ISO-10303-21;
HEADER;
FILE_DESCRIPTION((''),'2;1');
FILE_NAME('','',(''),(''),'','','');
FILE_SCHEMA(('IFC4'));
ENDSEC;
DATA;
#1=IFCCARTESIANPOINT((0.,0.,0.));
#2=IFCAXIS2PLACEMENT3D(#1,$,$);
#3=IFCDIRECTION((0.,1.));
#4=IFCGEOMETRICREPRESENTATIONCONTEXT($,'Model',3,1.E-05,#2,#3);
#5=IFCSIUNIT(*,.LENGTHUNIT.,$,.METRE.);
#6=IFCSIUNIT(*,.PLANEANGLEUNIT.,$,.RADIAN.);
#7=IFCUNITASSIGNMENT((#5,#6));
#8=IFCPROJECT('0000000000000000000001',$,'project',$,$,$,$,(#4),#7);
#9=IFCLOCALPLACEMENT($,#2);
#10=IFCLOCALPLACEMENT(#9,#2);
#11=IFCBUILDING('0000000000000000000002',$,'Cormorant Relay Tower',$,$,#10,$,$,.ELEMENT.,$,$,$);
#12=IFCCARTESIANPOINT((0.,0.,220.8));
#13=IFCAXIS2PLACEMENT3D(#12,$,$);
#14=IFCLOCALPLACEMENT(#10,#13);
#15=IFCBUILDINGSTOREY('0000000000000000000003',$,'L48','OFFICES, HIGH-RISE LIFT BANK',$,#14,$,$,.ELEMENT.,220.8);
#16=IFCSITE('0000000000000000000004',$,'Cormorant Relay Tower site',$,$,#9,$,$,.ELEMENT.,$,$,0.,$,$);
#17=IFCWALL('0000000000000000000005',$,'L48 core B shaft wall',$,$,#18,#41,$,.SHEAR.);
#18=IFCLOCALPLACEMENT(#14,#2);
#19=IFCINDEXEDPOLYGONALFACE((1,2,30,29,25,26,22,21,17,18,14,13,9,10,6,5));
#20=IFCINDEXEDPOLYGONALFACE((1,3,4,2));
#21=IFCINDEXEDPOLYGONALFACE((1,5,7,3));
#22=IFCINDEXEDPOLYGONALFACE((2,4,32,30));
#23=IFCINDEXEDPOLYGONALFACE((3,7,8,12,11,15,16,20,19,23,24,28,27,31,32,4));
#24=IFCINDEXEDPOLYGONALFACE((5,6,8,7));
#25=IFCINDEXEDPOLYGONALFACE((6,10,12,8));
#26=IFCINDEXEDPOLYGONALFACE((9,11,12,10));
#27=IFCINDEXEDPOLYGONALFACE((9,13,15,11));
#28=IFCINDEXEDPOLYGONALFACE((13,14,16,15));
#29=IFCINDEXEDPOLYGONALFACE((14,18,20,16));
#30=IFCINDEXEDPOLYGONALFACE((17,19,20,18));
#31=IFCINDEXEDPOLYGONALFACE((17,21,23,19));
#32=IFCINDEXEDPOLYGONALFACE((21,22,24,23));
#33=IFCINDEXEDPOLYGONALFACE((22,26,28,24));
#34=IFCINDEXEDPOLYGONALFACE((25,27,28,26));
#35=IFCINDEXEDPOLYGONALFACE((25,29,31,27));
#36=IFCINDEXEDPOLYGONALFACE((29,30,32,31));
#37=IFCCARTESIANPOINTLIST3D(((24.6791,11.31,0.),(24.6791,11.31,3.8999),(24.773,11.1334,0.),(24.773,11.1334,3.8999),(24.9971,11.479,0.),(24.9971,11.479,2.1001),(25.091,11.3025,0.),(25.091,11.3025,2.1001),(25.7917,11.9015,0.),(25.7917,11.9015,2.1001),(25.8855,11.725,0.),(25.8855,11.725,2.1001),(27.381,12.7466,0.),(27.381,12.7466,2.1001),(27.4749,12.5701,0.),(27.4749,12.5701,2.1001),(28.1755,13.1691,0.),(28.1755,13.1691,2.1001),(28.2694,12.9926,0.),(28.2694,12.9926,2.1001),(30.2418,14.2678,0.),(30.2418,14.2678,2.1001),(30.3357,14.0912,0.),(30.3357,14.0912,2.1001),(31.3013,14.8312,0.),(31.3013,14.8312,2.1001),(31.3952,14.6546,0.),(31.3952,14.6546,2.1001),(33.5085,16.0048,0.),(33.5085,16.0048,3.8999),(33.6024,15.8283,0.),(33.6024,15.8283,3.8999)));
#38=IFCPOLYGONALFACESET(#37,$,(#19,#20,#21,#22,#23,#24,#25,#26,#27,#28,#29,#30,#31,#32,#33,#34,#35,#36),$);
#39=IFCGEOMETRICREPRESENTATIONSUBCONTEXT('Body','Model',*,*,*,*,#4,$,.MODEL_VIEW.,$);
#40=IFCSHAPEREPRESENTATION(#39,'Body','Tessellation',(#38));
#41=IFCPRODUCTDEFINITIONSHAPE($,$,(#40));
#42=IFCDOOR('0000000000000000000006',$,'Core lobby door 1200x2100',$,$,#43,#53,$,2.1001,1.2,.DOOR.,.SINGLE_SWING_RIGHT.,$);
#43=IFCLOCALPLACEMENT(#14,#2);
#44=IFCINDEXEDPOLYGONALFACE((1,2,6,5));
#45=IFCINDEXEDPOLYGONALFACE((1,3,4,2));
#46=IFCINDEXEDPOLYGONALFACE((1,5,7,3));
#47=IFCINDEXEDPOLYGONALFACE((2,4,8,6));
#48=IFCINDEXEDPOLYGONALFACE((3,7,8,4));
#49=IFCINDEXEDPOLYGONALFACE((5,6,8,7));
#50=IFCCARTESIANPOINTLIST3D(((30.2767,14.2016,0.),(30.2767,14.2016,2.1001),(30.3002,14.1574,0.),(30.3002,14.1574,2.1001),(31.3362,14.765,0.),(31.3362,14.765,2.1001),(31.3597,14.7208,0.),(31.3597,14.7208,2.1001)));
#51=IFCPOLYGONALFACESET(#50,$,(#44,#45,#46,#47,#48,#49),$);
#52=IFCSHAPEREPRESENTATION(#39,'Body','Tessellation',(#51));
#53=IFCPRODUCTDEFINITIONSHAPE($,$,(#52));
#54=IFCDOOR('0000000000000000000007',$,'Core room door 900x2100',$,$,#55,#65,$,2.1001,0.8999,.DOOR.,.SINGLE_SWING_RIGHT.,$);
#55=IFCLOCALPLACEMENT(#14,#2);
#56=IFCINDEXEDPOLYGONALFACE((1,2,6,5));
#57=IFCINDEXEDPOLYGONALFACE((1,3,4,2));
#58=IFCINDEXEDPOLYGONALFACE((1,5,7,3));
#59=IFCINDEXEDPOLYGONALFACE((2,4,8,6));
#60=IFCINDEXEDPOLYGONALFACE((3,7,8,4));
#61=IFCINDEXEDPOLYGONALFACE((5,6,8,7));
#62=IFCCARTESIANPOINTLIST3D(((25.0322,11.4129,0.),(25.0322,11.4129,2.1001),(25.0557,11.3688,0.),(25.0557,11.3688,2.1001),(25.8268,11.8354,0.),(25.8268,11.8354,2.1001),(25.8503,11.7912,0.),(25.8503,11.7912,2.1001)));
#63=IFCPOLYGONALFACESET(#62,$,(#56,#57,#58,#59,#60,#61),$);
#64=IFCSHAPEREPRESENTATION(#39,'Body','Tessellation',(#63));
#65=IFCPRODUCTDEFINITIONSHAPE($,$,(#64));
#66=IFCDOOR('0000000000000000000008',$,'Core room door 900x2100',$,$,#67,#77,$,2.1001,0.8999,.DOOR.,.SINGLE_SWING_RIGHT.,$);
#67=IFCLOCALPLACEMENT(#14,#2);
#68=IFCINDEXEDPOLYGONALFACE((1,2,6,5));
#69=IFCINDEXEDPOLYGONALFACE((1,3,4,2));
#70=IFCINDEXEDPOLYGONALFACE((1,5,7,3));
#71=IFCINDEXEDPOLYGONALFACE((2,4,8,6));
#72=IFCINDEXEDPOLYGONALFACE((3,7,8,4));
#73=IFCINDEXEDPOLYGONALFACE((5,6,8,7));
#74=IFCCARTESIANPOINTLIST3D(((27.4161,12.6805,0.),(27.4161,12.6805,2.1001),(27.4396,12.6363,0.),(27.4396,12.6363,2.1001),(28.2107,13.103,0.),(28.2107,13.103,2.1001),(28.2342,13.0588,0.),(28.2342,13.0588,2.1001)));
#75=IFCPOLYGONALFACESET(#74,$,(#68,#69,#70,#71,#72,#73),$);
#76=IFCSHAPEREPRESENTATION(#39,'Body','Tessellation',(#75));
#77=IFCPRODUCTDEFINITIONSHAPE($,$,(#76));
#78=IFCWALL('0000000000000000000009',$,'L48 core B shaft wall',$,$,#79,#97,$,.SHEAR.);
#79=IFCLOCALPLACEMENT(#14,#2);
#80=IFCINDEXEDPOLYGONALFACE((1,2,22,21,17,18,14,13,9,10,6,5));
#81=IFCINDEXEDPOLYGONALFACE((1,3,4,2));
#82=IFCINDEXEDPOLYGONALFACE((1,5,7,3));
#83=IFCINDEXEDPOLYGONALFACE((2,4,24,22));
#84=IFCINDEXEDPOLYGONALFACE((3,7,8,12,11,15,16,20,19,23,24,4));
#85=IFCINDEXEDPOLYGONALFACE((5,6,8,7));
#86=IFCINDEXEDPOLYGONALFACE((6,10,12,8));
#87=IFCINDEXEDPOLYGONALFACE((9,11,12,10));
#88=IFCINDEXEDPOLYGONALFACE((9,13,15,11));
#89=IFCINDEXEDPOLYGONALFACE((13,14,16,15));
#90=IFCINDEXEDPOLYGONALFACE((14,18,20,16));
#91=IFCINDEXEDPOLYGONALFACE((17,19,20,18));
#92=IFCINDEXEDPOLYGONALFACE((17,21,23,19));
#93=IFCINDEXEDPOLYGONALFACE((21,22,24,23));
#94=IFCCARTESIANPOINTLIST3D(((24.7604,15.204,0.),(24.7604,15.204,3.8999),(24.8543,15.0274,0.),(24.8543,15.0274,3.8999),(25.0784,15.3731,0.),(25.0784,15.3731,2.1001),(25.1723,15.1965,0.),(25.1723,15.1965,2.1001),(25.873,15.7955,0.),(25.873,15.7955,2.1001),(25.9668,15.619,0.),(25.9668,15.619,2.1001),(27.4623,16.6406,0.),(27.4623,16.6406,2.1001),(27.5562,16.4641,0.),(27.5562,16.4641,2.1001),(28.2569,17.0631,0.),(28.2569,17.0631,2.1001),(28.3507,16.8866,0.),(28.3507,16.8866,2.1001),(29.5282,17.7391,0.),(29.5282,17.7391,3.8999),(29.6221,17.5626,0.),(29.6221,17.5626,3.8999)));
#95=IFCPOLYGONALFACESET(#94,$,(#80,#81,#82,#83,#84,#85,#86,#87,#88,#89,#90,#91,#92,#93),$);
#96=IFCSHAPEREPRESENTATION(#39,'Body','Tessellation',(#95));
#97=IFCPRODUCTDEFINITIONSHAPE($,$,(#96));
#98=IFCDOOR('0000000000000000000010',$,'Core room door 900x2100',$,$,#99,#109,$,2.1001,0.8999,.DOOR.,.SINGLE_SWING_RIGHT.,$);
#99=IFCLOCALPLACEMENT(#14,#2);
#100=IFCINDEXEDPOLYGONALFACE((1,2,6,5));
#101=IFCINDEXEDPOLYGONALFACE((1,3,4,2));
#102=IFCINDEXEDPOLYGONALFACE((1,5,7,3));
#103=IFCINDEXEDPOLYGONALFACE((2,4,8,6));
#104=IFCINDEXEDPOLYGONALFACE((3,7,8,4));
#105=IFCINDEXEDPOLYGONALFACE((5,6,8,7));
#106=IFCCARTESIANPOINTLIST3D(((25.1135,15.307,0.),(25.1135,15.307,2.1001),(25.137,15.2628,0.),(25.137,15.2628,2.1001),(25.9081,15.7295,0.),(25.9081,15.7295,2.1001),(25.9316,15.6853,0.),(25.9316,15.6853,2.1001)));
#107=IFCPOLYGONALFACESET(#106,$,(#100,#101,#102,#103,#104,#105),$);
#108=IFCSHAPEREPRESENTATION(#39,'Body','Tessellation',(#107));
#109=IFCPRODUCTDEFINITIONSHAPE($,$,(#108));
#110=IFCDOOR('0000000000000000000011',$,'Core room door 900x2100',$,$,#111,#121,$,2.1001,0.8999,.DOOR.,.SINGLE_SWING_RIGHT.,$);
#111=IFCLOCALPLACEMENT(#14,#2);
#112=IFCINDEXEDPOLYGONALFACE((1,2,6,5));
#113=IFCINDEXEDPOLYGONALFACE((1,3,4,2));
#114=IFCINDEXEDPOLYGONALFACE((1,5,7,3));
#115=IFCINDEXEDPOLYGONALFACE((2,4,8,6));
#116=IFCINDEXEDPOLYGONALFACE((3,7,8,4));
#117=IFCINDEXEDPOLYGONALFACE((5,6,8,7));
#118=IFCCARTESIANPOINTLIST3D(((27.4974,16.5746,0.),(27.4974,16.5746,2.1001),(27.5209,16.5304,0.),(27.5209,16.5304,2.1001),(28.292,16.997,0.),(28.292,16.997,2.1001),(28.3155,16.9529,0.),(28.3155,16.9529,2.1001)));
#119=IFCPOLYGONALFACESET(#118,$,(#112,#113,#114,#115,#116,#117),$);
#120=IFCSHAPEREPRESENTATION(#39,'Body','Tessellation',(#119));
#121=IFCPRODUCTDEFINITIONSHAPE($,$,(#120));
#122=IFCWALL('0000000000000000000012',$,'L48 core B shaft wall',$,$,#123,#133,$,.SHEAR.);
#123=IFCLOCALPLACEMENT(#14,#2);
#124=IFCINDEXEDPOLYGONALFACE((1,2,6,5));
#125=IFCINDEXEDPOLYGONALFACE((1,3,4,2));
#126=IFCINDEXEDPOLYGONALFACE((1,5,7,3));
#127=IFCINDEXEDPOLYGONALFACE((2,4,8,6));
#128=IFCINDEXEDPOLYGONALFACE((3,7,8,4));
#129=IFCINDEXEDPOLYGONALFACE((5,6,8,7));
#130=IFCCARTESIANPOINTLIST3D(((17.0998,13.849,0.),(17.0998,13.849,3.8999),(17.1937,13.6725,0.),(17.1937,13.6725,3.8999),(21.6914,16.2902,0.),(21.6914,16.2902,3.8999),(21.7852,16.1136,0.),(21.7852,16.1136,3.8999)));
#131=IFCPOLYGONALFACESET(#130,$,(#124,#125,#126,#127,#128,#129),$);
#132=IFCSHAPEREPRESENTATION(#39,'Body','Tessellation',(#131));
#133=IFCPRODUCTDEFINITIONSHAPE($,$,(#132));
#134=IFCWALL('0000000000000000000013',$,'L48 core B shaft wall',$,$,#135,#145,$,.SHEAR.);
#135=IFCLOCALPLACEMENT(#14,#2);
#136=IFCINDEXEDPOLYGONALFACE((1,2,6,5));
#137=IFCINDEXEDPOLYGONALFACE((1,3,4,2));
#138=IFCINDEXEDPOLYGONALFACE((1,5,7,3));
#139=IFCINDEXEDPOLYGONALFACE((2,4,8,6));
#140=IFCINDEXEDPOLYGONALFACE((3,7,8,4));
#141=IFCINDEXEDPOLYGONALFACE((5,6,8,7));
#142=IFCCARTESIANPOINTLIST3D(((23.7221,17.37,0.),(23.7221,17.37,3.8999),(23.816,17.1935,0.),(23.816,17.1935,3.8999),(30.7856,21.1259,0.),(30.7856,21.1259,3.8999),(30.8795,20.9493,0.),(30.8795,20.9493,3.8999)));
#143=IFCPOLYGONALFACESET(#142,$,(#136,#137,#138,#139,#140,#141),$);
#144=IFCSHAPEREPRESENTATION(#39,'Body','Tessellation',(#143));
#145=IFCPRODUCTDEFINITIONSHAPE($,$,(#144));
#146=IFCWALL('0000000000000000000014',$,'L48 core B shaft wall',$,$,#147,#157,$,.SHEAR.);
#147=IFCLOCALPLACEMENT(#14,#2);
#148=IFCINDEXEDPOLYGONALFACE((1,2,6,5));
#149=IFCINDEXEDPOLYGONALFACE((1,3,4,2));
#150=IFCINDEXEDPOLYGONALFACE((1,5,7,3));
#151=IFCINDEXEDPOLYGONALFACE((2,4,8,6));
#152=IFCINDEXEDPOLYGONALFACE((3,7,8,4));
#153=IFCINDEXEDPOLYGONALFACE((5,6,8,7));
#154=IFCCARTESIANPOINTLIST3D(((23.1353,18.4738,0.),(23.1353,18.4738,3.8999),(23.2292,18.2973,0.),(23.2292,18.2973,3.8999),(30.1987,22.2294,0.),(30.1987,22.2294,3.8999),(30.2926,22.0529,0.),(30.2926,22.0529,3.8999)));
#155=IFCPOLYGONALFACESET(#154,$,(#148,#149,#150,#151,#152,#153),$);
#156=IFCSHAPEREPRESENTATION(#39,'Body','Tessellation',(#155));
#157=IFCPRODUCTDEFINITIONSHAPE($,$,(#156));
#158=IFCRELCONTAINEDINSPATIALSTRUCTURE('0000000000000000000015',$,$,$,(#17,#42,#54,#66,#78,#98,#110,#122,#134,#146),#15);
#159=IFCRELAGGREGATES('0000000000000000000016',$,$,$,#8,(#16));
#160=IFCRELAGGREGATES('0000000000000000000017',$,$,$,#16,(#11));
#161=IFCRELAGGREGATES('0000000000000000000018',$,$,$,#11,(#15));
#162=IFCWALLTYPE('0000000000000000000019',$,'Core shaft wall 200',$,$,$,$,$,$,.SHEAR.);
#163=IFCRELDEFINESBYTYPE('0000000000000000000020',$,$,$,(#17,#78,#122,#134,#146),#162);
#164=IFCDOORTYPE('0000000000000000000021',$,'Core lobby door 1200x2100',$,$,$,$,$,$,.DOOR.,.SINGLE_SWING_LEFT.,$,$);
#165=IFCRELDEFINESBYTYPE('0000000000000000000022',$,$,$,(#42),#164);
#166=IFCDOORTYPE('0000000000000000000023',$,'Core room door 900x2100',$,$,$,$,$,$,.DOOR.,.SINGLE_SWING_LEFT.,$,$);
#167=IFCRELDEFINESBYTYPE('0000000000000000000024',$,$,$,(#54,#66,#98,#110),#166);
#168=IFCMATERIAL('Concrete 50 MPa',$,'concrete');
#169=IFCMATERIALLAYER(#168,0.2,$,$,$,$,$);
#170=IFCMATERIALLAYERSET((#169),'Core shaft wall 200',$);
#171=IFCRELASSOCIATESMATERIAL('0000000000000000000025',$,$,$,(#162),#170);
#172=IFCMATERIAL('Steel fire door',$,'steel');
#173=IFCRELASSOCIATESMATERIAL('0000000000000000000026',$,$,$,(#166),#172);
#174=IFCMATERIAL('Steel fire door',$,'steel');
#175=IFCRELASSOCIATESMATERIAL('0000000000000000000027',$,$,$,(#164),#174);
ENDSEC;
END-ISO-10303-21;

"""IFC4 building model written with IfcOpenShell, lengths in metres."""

from ifc_helpers import new_model, si_unit, direction, frame, frame_2d, origin, place, context, subcontext, project, spatial, rectangle, extrude, material, layer, layer_set, type_object, element, fill, save


model = new_model("IFC4")

# Units and contexts
model_context = context("Model", 3, precision=1e-05, world=origin(), true_north=direction((0.0, 1.0)))
body_context = subcontext(model_context, "Body", "Model", "MODEL_VIEW")
ifc_project = project(units=[si_unit("LENGTHUNIT", "METRE"), si_unit("PLANEANGLEUNIT", "RADIAN")], contexts=[model_context])

# Site, building, storey
site_placement = place(None, origin())
site = spatial("IfcSite", under=ifc_project, at=site_placement, Name="Cormorant Relay Tower site", CompositionType="ELEMENT", RefElevation=0.0)
building_placement = place(site_placement, origin())
building = spatial("IfcBuilding", under=site, at=building_placement, Name="Cormorant Relay Tower", CompositionType="ELEMENT")
storey_placement = place(building_placement, frame((0.0, 0.0, 220.8)))
storey = spatial("IfcBuildingStorey", under=building, at=storey_placement, Name="L48", Description="OFFICES, HIGH-RISE LIFT BANK", CompositionType="ELEMENT", Elevation=220.8)

# Shared definitions
ifc_material_1 = material(Name="Concrete 50 MPa", Category="concrete")
ifc_layer_1 = layer(ifc_material_1, 0.2)
ifc_layer_set_1 = layer_set([ifc_layer_1], Name="Core shaft wall 200")
wall_type_1 = type_object("IfcWallType", Name="Core shaft wall 200", PredefinedType="SHEAR", material=ifc_layer_set_1)

# Shared definitions
ifc_material_2 = material(Name="Steel fire door", Category="steel")
door_type_1 = type_object("IfcDoorType", Name="Core room door 900x2100", OperationType="SINGLE_SWING_LEFT", PredefinedType="DOOR", material=ifc_material_2)

# Walls, openings, doors
wall_1_placement = place(storey_placement, frame((24.7261, 11.2217, 0.0), z_axis=(0.0, 0.0, 1.0), x_axis=(0.88294, 0.469485, 0.0)))
wall_1 = element("IfcWall", 1, at=wall_1_placement, inside=storey, type_object=wall_type_1, Name="L48 core B shaft wall", PredefinedType="SHEAR", context=body_context, shape_type="SweptSolid", body=[
    extrude(rectangle(XDim=10.0, YDim=0.2, at=frame_2d((5.0, 0.0))), origin(), (0.0, 0.0, 1.0), 3.8999),
])
opening_1_placement = place(wall_1_placement, frame((6.3, 0.0, 0.0)))
opening_1 = element("IfcOpeningElement", 2, at=opening_1_placement, cuts=wall_1, PredefinedType="OPENING", context=body_context, shape_type="SweptSolid", body=[
    extrude(rectangle(XDim=1.2, YDim=2.1001, at=frame_2d((0.6001, 1.05))), frame((0.0, 0.1099, 0.0), z_axis=(0.0, -1.0, 0.0), x_axis=(1.0, 0.0, 0.0)), (0.0, 0.0, 1.0), 0.22),
])
opening_2_placement = place(wall_1_placement, frame((0.3601, 0.0, 0.0)))
opening_2 = element("IfcOpeningElement", 3, at=opening_2_placement, cuts=wall_1, PredefinedType="OPENING", context=body_context, shape_type="SweptSolid", body=[
    extrude(rectangle(XDim=0.8999, YDim=2.1001, at=frame_2d((0.45, 1.05))), frame((0.0, 0.1099, 0.0), z_axis=(0.0, -1.0, 0.0), x_axis=(1.0, 0.0, 0.0)), (0.0, 0.0, 1.0), 0.22),
])
opening_3_placement = place(wall_1_placement, frame((3.0601, 0.0, 0.0)))
opening_3 = element("IfcOpeningElement", 4, at=opening_3_placement, cuts=wall_1, PredefinedType="OPENING", context=body_context, shape_type="SweptSolid", body=[
    extrude(rectangle(XDim=0.8999, YDim=2.1001, at=frame_2d((0.45, 1.05))), frame((0.0, 0.1099, 0.0), z_axis=(0.0, -1.0, 0.0), x_axis=(1.0, 0.0, 0.0)), (0.0, 0.0, 1.0), 0.22),
])
ifc_material_3 = material(Name="Steel fire door", Category="steel")
door_type_2 = type_object("IfcDoorType", Name="Core lobby door 1200x2100", OperationType="SINGLE_SWING_LEFT", PredefinedType="DOOR", material=ifc_material_3)
door_1_placement = place(opening_1_placement, frame((1.2, 0.0, 0.0), z_axis=(0.0, 0.0, 1.0), x_axis=(-1.0, 0.0, 0.0)))
door_1 = element("IfcDoor", 5, at=door_1_placement, inside=storey, type_object=door_type_2, Name="Core lobby door 1200x2100", OperationType="SINGLE_SWING_RIGHT", OverallHeight=2.1001, OverallWidth=1.2, PredefinedType="DOOR", context=body_context, shape_type="SweptSolid", body=[
    extrude(rectangle(XDim=1.2, YDim=2.1001, at=frame_2d((0.6001, 1.05))), frame((0.0, 0.0249, 0.0), z_axis=(0.0, -1.0, 0.0), x_axis=(1.0, 0.0, 0.0)), (0.0, 0.0, 1.0), 0.05),
])
fill(opening_1, door_1)
door_2_placement = place(opening_2_placement, frame((0.8999, 0.0, 0.0), z_axis=(0.0, 0.0, 1.0), x_axis=(-1.0, 0.0, 0.0)))
door_2 = element("IfcDoor", 6, at=door_2_placement, inside=storey, type_object=door_type_1, Name="Core room door 900x2100", OperationType="SINGLE_SWING_RIGHT", OverallHeight=2.1001, OverallWidth=0.8999, PredefinedType="DOOR", context=body_context, shape_type="SweptSolid", body=[
    extrude(rectangle(XDim=0.8999, YDim=2.1001, at=frame_2d((0.45, 1.05))), frame((0.0, 0.0249, 0.0), z_axis=(0.0, -1.0, 0.0), x_axis=(1.0, 0.0, 0.0)), (0.0, 0.0, 1.0), 0.05),
])
fill(opening_2, door_2)
door_3_placement = place(opening_3_placement, frame((0.8999, 0.0, 0.0), z_axis=(0.0, 0.0, 1.0), x_axis=(-1.0, 0.0, 0.0)))
door_3 = element("IfcDoor", 7, at=door_3_placement, inside=storey, type_object=door_type_1, Name="Core room door 900x2100", OperationType="SINGLE_SWING_RIGHT", OverallHeight=2.1001, OverallWidth=0.8999, PredefinedType="DOOR", context=body_context, shape_type="SweptSolid", body=[
    extrude(rectangle(XDim=0.8999, YDim=2.1001, at=frame_2d((0.45, 1.05))), frame((0.0, 0.0249, 0.0), z_axis=(0.0, -1.0, 0.0), x_axis=(1.0, 0.0, 0.0)), (0.0, 0.0, 1.0), 0.05),
])
fill(opening_3, door_3)
wall_2_placement = place(storey_placement, frame((24.8074, 15.1157, 0.0), z_axis=(0.0, 0.0, 1.0), x_axis=(0.882943, 0.46948, 0.0)))
wall_2 = element("IfcWall", 8, at=wall_2_placement, inside=storey, type_object=wall_type_1, Name="L48 core B shaft wall", PredefinedType="SHEAR", context=body_context, shape_type="SweptSolid", body=[
    extrude(rectangle(XDim=5.3999, YDim=0.2, at=frame_2d((2.7, 0.0))), origin(), (0.0, 0.0, 1.0), 3.8999),
])
opening_4_placement = place(wall_2_placement, frame((0.3601, 0.0, 0.0)))
opening_4 = element("IfcOpeningElement", 9, at=opening_4_placement, cuts=wall_2, PredefinedType="OPENING", context=body_context, shape_type="SweptSolid", body=[
    extrude(rectangle(XDim=0.8999, YDim=2.1001, at=frame_2d((0.45, 1.05))), frame((0.0, 0.1099, 0.0), z_axis=(0.0, -1.0, 0.0), x_axis=(1.0, 0.0, 0.0)), (0.0, 0.0, 1.0), 0.22),
])
opening_5_placement = place(wall_2_placement, frame((3.0601, 0.0, 0.0)))
opening_5 = element("IfcOpeningElement", 10, at=opening_5_placement, cuts=wall_2, PredefinedType="OPENING", context=body_context, shape_type="SweptSolid", body=[
    extrude(rectangle(XDim=0.8999, YDim=2.1001, at=frame_2d((0.45, 1.05))), frame((0.0, 0.1099, 0.0), z_axis=(0.0, -1.0, 0.0), x_axis=(1.0, 0.0, 0.0)), (0.0, 0.0, 1.0), 0.22),
])
door_4_placement = place(opening_4_placement, frame((0.8999, 0.0, 0.0), z_axis=(0.0, 0.0, 1.0), x_axis=(-1.0, 0.0, 0.0)))
door_4 = element("IfcDoor", 11, at=door_4_placement, inside=storey, type_object=door_type_1, Name="Core room door 900x2100", OperationType="SINGLE_SWING_RIGHT", OverallHeight=2.1001, OverallWidth=0.8999, PredefinedType="DOOR", context=body_context, shape_type="SweptSolid", body=[
    extrude(rectangle(XDim=0.8999, YDim=2.1001, at=frame_2d((0.45, 1.05))), frame((0.0, 0.0249, 0.0), z_axis=(0.0, -1.0, 0.0), x_axis=(1.0, 0.0, 0.0)), (0.0, 0.0, 1.0), 0.05),
])
fill(opening_4, door_4)
door_5_placement = place(opening_5_placement, frame((0.8999, 0.0, 0.0), z_axis=(0.0, 0.0, 1.0), x_axis=(-1.0, 0.0, 0.0)))
door_5 = element("IfcDoor", 12, at=door_5_placement, inside=storey, type_object=door_type_1, Name="Core room door 900x2100", OperationType="SINGLE_SWING_RIGHT", OverallHeight=2.1001, OverallWidth=0.8999, PredefinedType="DOOR", context=body_context, shape_type="SweptSolid", body=[
    extrude(rectangle(XDim=0.8999, YDim=2.1001, at=frame_2d((0.45, 1.05))), frame((0.0, 0.0249, 0.0), z_axis=(0.0, -1.0, 0.0), x_axis=(1.0, 0.0, 0.0)), (0.0, 0.0, 1.0), 0.05),
])
fill(opening_5, door_5)

# Walls
wall_3_placement = place(storey_placement, frame((17.1467, 13.7607, 0.0), z_axis=(0.0, 0.0, 1.0), x_axis=(0.882964, 0.46944, 0.0)))
element("IfcWall", 13, at=wall_3_placement, inside=storey, type_object=wall_type_1, Name="L48 core B shaft wall", PredefinedType="SHEAR", context=body_context, shape_type="SweptSolid", body=[
    extrude(rectangle(XDim=5.2002, YDim=0.2, at=frame_2d((2.6001, 0.0))), origin(), (0.0, 0.0, 1.0), 3.8999),
])
wall_4_placement = place(storey_placement, frame((23.769, 17.2817, 0.0), z_axis=(0.0, 0.0, 1.0), x_axis=(0.88294, 0.469485, 0.0)))
element("IfcWall", 14, at=wall_4_placement, inside=storey, type_object=wall_type_1, Name="L48 core B shaft wall", PredefinedType="SHEAR", context=body_context, shape_type="SweptSolid", body=[
    extrude(rectangle(XDim=8.0, YDim=0.2, at=frame_2d((4.0, 0.0))), origin(), (0.0, 0.0, 1.0), 3.8999),
])
wall_5_placement = place(storey_placement, frame((23.1821, 18.3855, 0.0), z_axis=(0.0, 0.0, 1.0), x_axis=(0.882953, 0.469462, 0.0)))
element("IfcWall", 15, at=wall_5_placement, inside=storey, type_object=wall_type_1, Name="L48 core B shaft wall", PredefinedType="SHEAR", context=body_context, shape_type="SweptSolid", body=[
    extrude(rectangle(XDim=7.9998, YDim=0.2, at=frame_2d((4.0, 0.0))), origin(), (0.0, 0.0, 1.0), 3.8999),
])

save(model, "model.ifc")
